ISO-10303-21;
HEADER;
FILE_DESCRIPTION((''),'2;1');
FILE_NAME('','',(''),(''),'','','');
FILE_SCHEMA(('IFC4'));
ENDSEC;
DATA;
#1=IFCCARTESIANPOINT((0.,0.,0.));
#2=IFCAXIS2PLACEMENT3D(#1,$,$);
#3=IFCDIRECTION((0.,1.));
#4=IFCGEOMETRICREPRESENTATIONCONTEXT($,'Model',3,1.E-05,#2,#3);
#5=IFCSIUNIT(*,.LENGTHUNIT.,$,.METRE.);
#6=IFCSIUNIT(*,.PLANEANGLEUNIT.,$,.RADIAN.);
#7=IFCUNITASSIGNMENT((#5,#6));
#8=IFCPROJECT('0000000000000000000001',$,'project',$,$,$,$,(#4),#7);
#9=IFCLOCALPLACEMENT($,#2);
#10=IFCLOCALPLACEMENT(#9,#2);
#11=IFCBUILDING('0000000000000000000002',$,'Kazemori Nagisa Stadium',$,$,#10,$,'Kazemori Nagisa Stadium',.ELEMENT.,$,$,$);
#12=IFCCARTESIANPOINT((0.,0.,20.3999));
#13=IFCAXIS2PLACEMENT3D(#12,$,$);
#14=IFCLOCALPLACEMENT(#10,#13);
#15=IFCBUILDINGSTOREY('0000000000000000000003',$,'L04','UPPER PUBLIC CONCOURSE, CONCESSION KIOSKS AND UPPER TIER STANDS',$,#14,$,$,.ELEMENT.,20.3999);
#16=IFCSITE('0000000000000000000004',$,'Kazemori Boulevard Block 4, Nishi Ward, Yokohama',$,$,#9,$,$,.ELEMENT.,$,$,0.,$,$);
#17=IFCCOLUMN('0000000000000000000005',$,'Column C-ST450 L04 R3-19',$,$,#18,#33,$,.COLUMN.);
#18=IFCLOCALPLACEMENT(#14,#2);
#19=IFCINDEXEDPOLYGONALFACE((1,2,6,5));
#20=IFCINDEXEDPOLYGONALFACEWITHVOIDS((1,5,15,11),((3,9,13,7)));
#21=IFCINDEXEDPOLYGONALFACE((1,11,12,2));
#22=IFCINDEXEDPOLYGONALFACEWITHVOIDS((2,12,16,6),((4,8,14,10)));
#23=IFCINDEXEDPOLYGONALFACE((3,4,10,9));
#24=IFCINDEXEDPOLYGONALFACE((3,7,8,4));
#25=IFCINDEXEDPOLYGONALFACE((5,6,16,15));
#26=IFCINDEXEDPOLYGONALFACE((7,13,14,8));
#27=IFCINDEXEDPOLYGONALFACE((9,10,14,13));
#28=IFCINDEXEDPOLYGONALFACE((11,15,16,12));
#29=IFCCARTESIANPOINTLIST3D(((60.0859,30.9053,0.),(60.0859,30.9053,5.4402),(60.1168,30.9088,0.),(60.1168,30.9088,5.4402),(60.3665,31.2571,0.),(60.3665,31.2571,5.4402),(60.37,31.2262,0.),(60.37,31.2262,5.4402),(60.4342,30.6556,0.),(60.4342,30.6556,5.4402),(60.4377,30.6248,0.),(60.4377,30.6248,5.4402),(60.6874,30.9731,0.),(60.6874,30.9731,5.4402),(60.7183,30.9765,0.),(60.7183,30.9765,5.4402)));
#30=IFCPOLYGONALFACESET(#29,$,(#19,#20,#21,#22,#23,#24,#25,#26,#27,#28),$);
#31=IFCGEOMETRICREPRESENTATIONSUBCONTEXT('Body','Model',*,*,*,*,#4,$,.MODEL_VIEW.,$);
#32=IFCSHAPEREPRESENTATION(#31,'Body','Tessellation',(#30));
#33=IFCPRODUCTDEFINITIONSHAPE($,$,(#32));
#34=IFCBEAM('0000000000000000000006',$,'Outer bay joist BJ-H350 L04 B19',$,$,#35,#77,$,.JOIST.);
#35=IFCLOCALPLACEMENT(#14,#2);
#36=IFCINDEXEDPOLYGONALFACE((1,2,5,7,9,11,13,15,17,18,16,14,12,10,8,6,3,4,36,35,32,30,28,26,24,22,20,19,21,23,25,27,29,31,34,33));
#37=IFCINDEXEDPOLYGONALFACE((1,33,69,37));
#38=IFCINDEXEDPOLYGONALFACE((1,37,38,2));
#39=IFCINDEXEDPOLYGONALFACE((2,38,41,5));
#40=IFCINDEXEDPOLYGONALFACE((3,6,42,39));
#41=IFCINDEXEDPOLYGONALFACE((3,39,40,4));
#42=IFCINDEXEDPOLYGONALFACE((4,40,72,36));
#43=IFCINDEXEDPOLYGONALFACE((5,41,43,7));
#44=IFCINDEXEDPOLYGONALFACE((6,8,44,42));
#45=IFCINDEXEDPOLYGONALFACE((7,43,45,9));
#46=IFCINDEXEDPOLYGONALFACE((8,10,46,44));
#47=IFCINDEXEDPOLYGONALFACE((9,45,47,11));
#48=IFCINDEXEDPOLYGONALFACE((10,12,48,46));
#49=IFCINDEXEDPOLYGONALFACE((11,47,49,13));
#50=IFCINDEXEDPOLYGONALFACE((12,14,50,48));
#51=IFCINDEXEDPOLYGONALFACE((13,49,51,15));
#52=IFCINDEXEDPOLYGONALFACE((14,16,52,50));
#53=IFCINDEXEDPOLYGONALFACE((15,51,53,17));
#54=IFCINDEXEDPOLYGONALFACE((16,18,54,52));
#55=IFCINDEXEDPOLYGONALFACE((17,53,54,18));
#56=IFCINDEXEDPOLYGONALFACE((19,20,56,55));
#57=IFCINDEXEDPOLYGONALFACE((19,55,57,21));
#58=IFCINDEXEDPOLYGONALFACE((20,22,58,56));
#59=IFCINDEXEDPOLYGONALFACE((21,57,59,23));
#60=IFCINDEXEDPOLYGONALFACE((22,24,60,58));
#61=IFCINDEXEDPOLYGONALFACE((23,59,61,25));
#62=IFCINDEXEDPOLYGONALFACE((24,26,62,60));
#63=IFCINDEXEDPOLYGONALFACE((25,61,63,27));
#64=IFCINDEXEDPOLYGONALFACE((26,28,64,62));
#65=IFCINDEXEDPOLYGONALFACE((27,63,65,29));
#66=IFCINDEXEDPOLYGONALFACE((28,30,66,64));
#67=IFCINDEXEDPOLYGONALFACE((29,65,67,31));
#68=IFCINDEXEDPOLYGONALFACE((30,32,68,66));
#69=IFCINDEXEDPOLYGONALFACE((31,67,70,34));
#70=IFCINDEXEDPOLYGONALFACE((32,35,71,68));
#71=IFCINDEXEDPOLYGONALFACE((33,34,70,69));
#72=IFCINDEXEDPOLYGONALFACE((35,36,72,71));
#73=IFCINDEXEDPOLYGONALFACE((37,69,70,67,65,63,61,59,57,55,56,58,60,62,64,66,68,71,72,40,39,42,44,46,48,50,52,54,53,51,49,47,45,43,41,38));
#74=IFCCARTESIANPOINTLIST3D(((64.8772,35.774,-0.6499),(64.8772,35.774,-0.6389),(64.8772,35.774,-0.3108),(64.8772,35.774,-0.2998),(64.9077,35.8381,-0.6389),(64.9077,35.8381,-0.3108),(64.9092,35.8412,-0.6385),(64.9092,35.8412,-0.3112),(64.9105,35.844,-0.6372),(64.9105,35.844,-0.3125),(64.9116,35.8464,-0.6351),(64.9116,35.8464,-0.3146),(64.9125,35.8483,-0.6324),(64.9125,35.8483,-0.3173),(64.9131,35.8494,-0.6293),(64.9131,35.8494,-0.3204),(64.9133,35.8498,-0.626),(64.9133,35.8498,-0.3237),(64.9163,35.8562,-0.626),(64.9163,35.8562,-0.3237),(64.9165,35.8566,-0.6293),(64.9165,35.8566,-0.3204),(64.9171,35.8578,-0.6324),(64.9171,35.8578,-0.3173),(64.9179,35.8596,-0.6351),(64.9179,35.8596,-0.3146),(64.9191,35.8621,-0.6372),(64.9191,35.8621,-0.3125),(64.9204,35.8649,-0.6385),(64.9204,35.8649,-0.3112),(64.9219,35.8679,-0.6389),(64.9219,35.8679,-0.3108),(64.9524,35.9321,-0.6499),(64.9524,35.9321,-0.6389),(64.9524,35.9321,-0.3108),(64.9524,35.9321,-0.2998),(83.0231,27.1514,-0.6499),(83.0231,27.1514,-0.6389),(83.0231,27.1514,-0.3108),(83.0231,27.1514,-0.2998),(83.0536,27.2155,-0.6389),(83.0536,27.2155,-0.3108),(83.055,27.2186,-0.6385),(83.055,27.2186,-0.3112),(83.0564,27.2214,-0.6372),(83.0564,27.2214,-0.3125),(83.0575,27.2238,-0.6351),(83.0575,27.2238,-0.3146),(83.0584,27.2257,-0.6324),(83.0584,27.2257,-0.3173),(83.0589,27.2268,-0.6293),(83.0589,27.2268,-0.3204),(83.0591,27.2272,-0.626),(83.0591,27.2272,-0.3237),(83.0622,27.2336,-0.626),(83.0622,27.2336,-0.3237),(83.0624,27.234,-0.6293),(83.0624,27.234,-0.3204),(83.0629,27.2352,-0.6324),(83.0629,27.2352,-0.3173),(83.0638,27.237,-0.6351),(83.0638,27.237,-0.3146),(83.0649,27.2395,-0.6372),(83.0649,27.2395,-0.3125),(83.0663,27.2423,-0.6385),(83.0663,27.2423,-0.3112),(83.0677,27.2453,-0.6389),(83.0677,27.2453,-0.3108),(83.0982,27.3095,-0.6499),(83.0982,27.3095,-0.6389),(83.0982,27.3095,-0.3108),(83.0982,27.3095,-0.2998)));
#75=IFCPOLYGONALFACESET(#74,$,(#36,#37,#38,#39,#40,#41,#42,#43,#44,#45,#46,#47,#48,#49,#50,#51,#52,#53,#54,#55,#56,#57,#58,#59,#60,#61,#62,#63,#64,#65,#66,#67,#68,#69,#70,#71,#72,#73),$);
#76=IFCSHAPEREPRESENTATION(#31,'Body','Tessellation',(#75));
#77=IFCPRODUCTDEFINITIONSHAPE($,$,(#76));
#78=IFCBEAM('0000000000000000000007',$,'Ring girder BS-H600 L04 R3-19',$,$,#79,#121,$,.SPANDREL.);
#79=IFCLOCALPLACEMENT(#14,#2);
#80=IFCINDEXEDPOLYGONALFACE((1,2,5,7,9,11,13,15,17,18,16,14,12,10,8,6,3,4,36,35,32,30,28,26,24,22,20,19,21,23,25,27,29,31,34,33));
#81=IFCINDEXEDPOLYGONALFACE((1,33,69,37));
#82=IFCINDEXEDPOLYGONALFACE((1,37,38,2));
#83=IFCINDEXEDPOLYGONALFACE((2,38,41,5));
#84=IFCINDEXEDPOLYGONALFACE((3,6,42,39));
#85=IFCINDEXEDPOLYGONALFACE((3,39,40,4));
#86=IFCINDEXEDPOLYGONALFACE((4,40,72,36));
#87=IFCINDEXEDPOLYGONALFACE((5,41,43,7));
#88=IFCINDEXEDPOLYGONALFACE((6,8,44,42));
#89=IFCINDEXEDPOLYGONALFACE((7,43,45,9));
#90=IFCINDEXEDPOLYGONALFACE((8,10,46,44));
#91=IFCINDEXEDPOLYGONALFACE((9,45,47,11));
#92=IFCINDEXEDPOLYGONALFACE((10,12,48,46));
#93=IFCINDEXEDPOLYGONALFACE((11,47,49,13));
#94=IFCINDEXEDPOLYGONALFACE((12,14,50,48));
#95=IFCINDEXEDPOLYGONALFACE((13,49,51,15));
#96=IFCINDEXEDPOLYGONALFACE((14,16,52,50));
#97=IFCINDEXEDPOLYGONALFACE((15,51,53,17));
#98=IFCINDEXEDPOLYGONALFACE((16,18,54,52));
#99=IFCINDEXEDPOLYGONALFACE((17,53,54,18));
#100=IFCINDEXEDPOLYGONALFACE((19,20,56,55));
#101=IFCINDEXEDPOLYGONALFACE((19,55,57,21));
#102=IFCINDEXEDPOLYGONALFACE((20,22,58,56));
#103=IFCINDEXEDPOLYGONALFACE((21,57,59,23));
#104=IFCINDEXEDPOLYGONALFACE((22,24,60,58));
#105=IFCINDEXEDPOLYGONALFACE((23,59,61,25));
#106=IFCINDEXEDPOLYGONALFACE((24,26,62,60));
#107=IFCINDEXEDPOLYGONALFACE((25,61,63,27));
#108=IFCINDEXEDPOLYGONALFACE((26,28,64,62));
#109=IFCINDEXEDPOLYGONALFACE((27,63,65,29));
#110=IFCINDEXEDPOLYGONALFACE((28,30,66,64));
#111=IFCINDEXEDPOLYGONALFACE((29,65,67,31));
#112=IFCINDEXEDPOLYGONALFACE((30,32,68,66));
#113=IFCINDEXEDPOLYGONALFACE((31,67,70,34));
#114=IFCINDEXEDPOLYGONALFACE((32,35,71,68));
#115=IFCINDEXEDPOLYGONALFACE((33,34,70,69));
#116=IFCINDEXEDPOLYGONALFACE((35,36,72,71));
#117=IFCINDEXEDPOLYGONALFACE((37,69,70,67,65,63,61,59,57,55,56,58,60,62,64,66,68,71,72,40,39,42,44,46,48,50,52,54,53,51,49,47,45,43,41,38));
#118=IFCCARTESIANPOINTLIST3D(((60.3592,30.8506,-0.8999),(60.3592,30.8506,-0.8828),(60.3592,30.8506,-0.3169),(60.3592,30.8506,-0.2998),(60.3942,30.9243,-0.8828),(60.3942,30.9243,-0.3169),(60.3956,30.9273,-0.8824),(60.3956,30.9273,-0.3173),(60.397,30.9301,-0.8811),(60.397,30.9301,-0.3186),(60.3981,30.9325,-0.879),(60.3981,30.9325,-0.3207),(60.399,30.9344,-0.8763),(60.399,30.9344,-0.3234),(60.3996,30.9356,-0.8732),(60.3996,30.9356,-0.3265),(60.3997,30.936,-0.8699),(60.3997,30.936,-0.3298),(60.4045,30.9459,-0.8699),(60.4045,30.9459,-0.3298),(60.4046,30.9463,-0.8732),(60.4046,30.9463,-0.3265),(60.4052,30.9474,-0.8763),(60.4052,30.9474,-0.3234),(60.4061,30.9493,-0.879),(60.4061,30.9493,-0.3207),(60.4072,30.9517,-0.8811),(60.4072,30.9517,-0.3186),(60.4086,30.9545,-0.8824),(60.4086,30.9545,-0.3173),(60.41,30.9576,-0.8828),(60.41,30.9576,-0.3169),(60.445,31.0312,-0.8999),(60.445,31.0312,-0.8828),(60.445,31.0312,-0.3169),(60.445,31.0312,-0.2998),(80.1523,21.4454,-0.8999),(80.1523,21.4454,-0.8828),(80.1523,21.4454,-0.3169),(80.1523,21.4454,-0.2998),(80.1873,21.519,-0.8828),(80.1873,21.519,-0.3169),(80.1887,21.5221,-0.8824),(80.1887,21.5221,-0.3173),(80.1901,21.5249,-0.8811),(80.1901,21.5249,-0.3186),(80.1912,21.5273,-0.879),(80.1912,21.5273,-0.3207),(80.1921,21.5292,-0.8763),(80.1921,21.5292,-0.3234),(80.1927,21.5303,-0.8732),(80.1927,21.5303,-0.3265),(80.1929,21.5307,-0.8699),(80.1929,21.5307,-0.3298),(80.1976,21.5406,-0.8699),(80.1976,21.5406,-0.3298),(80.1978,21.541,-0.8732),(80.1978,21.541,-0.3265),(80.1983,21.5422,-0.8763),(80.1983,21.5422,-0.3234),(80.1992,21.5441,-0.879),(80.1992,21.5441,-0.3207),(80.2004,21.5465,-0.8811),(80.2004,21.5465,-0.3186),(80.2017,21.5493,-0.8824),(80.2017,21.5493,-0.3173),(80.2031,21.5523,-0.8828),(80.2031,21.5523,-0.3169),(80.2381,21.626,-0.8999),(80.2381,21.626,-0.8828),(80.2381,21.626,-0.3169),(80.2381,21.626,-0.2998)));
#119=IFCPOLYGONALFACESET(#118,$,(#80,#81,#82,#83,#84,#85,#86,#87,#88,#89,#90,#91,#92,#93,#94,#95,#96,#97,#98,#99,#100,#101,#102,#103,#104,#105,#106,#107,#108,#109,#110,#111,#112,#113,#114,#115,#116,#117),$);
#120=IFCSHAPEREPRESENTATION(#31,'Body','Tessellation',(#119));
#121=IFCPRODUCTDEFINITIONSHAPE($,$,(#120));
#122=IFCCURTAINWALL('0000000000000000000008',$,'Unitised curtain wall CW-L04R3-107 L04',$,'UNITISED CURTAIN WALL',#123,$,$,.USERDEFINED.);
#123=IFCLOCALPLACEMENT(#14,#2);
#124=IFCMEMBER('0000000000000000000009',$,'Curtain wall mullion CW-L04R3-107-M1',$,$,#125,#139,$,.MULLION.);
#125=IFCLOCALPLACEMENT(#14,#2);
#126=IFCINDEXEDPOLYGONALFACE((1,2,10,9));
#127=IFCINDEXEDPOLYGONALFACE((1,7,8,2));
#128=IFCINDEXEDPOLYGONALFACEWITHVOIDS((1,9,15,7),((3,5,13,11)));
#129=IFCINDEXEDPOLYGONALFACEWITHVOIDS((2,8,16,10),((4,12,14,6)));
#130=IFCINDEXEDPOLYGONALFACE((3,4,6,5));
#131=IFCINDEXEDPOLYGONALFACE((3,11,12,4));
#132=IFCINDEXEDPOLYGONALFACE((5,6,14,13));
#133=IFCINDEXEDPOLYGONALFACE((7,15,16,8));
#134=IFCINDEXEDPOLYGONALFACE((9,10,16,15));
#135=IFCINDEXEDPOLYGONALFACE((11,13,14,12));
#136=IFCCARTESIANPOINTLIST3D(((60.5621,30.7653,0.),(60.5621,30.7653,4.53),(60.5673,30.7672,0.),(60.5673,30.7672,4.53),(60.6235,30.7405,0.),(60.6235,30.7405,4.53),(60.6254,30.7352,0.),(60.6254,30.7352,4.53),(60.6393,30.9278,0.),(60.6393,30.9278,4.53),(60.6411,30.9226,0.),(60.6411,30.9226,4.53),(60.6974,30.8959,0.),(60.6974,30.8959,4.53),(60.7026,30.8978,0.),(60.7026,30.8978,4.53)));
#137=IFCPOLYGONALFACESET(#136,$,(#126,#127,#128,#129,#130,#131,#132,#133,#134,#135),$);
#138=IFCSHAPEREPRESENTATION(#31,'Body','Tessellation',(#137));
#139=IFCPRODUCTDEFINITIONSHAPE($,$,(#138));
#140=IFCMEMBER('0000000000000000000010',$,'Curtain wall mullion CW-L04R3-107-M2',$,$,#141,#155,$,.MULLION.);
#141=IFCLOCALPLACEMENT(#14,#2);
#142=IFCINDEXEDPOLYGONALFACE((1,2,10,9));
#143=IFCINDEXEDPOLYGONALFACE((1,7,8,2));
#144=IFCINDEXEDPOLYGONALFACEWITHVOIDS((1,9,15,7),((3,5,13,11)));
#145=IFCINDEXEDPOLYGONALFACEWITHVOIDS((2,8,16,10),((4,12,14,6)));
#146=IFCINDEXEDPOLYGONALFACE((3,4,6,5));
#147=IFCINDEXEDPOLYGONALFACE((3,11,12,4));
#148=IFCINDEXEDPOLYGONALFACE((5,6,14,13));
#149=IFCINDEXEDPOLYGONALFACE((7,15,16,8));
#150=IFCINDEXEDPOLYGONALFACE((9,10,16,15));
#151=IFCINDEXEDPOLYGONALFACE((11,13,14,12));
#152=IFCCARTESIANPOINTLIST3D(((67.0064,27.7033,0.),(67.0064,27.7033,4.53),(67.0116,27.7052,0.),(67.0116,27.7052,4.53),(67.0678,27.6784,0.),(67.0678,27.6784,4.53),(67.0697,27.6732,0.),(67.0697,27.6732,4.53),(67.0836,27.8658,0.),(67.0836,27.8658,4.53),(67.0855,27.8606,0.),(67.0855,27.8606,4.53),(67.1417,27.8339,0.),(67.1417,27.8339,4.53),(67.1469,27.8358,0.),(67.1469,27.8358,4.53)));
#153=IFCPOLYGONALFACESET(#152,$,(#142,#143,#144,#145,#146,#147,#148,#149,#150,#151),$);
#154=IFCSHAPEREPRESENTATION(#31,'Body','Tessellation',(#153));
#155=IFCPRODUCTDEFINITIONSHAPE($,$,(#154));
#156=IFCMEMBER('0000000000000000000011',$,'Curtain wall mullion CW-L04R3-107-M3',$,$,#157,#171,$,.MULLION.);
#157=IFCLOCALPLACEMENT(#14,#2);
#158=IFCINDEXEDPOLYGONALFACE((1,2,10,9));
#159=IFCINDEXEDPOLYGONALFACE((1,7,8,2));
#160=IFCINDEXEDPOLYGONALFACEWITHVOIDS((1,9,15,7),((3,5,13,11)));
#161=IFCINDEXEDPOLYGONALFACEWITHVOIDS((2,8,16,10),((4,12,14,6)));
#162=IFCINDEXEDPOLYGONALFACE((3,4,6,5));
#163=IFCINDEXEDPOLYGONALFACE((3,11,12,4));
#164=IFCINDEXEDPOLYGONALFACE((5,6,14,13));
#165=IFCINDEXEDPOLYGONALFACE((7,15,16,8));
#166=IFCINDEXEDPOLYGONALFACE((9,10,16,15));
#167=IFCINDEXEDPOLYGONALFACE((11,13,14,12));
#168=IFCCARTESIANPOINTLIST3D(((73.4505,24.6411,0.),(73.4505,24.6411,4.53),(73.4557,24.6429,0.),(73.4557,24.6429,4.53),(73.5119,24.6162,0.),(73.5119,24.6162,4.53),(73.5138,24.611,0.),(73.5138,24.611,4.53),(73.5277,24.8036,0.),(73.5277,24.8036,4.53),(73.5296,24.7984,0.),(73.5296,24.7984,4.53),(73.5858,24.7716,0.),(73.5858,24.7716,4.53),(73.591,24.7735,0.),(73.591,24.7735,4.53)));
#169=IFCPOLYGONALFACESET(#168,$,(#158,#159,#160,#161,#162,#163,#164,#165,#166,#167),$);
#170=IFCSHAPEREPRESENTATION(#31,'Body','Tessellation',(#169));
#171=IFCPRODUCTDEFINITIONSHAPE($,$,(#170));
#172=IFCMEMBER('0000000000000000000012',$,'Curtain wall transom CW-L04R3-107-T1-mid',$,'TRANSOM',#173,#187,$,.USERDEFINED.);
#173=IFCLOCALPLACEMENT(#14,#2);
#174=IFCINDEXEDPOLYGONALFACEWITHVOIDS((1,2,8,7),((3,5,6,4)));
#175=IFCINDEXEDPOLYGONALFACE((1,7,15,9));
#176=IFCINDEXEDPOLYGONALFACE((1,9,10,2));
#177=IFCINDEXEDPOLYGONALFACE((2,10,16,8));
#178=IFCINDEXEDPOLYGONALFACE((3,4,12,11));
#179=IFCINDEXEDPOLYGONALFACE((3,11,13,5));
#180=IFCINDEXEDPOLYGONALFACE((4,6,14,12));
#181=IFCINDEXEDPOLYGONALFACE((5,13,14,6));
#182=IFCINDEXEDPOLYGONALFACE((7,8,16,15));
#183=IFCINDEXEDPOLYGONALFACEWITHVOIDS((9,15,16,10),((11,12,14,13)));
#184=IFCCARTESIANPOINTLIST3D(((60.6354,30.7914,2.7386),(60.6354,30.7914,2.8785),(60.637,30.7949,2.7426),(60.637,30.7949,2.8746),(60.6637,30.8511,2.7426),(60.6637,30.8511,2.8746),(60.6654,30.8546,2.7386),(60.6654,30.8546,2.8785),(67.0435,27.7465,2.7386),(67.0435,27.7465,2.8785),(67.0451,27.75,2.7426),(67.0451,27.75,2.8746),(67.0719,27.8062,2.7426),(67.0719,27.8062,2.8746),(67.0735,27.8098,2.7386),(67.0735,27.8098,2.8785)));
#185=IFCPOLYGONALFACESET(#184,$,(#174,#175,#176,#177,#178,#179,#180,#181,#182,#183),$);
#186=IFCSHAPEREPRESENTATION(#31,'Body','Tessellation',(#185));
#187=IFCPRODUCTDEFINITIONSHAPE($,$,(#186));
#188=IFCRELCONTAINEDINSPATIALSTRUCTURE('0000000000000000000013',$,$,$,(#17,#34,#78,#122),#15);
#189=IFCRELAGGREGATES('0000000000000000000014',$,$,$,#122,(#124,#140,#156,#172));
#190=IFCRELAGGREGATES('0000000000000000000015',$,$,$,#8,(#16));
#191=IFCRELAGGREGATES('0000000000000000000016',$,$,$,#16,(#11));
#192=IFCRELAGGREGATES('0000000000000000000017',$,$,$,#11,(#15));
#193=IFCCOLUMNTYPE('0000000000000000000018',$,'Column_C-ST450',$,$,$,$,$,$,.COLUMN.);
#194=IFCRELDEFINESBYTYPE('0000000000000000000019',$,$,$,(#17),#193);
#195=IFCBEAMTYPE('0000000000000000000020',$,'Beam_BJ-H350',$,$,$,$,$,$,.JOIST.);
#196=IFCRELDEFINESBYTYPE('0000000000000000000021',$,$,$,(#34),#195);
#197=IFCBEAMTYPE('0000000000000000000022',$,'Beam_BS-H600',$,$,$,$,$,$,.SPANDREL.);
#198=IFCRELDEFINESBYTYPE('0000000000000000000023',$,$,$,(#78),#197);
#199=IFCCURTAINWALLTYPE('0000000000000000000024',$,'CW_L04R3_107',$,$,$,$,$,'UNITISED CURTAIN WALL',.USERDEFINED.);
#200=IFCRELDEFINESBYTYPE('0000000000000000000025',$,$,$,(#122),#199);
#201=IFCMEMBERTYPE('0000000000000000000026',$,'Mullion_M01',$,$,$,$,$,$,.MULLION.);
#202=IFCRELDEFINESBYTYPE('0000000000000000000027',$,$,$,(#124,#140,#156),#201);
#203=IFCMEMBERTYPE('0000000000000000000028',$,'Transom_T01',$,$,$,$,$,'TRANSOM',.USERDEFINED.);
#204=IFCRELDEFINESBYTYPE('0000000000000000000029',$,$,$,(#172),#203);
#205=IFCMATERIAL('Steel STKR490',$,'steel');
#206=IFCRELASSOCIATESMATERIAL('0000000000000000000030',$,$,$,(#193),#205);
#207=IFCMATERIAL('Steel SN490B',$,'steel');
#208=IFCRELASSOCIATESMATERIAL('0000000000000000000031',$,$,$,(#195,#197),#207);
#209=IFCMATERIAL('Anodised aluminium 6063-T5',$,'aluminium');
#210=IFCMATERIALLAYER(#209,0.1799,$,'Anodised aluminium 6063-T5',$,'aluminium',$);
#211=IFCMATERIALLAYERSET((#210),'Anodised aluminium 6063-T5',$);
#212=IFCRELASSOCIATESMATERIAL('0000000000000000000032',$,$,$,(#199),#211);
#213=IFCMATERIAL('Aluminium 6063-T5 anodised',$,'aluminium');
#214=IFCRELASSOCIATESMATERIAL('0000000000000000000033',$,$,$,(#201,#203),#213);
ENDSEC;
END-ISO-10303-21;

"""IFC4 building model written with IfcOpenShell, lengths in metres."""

from ifc_helpers import new_model, si_unit, direction, frame, origin, origin_2d, place, context, subcontext, project, spatial, hollow_rectangle, i_section, extrude, material, layer, layer_set, material_profile, profile_set, type_object, element, aggregate, save


model = new_model("IFC4")

# Units and contexts
model_context = context("Model", 3, precision=1e-05, world=origin(), true_north=direction((0.0, 1.0)))
body_context = subcontext(model_context, "Body", "Model", "MODEL_VIEW")
ifc_project = project(units=[si_unit("LENGTHUNIT", "METRE"), si_unit("PLANEANGLEUNIT", "RADIAN")], contexts=[model_context])

# Site, building, storey
site_placement = place(None, origin())
site = spatial("IfcSite", under=ifc_project, at=site_placement, Name="Kazemori Boulevard Block 4, Nishi Ward, Yokohama", CompositionType="ELEMENT", RefElevation=0.0)
building_placement = place(site_placement, origin())
building = spatial("IfcBuilding", under=site, at=building_placement, Name="Kazemori Nagisa Stadium", LongName="Kazemori Nagisa Stadium", CompositionType="ELEMENT")
storey_placement = place(building_placement, frame((0.0, 0.0, 20.3999)))
storey = spatial("IfcBuildingStorey", under=building, at=storey_placement, Name="L04", Description="UPPER PUBLIC CONCOURSE, CONCESSION KIOSKS AND UPPER TIER STANDS", CompositionType="ELEMENT", Elevation=20.3999)

# Column
ifc_material_1 = material(Name="Steel STKR490", Category="steel")
ifc_material_profile_1 = material_profile(ifc_material_1, hollow_rectangle(XDim=0.45, YDim=0.45, WallThickness=0.022, at=origin_2d()), Name="SHS-450x450x22")
ifc_profile_set_1 = profile_set([ifc_material_profile_1], Name="Steel STKR490")
column_type = type_object("IfcColumnType", Name="Column_C-ST450", PredefinedType="COLUMN", material=ifc_profile_set_1)
column_placement = place(storey_placement, frame((60.4021, 30.9409, 0.0), z_axis=(0.0, 0.0, 1.0), x_axis=(-0.62349, -0.781831, 0.0)))
element("IfcColumn", 1, at=column_placement, inside=storey, type_object=column_type, Name="Column C-ST450 L04 R3-19", PredefinedType="COLUMN", context=body_context, shape_type="SweptSolid", body=[
    extrude(hollow_rectangle(XDim=0.45, YDim=0.45, WallThickness=0.022, at=origin_2d()), origin(), (0.0, 0.0, 1.0), 5.4402),
])

# Beams
ifc_material_2 = material(Name="Steel SN490B", Category="steel")
ifc_material_profile_2 = material_profile(ifc_material_2, i_section(OverallWidth=0.175, OverallDepth=0.3501, WebThickness=0.0071, FlangeThickness=0.011, FilletRadius=0.0129, at=origin_2d()), Name="H-350x175x7x11")
ifc_profile_set_2 = profile_set([ifc_material_profile_2], Name="Steel SN490B")
beam_type_1 = type_object("IfcBeamType", Name="Beam_BJ-H350", PredefinedType="JOIST", material=ifc_profile_set_2)
beam_1_placement = place(storey_placement, frame((64.9148, 35.853, -0.4749), z_axis=(0.903213, -0.429192, 0.0), x_axis=(0.429192, 0.903213, 0.0)))
element("IfcBeam", 2, at=beam_1_placement, inside=storey, type_object=beam_type_1, Name="Outer bay joist BJ-H350 L04 B19", PredefinedType="JOIST", context=body_context, shape_type="SweptSolid", body=[
    extrude(i_section(OverallWidth=0.175, OverallDepth=0.3501, WebThickness=0.0071, FlangeThickness=0.011, FilletRadius=0.0129, at=origin_2d()), origin(), (0.0, 0.0, 1.0), 20.0903),
])
ifc_material_profile_3 = material_profile(ifc_material_2, i_section(OverallWidth=0.2, OverallDepth=0.6001, WebThickness=0.011, FlangeThickness=0.0171, FilletRadius=0.0129, at=origin_2d()), Name="H-600x200x11x17")
ifc_profile_set_3 = profile_set([ifc_material_profile_3], Name="Steel SN490B")
beam_type_2 = type_object("IfcBeamType", Name="Beam_BS-H600", PredefinedType="SPANDREL", material=ifc_profile_set_3)
beam_2_placement = place(storey_placement, frame((60.4021, 30.9409, -0.5999), z_axis=(0.903216, -0.429187, 0.0), x_axis=(0.429187, 0.903216, 0.0)))
element("IfcBeam", 3, at=beam_2_placement, inside=storey, type_object=beam_type_2, Name="Ring girder BS-H600 L04 R3-19", PredefinedType="SPANDREL", context=body_context, shape_type="SweptSolid", body=[
    extrude(i_section(OverallWidth=0.2, OverallDepth=0.6001, WebThickness=0.011, FlangeThickness=0.0171, FilletRadius=0.0129, at=origin_2d()), origin(), (0.0, 0.0, 1.0), 21.9141),
])

# Curtain wall, members
ifc_material_3 = material(Name="Anodised aluminium 6063-T5", Category="aluminium")
ifc_layer_1 = layer(ifc_material_3, 0.1799, Name="Anodised aluminium 6063-T5", Category="aluminium")
ifc_layer_set_1 = layer_set([ifc_layer_1], Name="Anodised aluminium 6063-T5")
curtain_wall_type = type_object("IfcCurtainWallType", Name="CW_L04R3_107", ElementType="UNITISED CURTAIN WALL", PredefinedType="USERDEFINED", material=ifc_layer_set_1)
curtain_wall_placement = place(storey_placement, origin())
curtain_wall = element("IfcCurtainWall", 4, at=curtain_wall_placement, inside=storey, type_object=curtain_wall_type, Name="Unitised curtain wall CW-L04R3-107 L04", ObjectType="UNITISED CURTAIN WALL", PredefinedType="USERDEFINED")
ifc_material_4 = material(Name="Aluminium 6063-T5 anodised", Category="aluminium")
ifc_material_profile_4 = material_profile(ifc_material_4, hollow_rectangle(XDim=0.0701, YDim=0.1799, WallThickness=0.0039, at=origin_2d()), Name="ALU-MULL-70x180x4")
ifc_profile_set_4 = profile_set([ifc_material_profile_4], Name="Aluminium 6063-T5 anodised")
member_type_1 = type_object("IfcMemberType", Name="Mullion_M01", PredefinedType="MULLION", material=ifc_profile_set_4)
member_1_placement = place(storey_placement, frame((60.6323, 30.8315, 0.0), z_axis=(0.0, 0.0, 1.0), x_axis=(0.903216, -0.429186, 0.0)))
member_1 = element("IfcMember", 5, at=member_1_placement, type_object=member_type_1, Name="Curtain wall mullion CW-L04R3-107-M1", PredefinedType="MULLION", context=body_context, shape_type="SweptSolid", body=[
    extrude(hollow_rectangle(XDim=0.0701, YDim=0.1799, WallThickness=0.0039, at=origin_2d()), origin(), (0.0, 0.0, 1.0), 4.53),
])
member_2_placement = place(storey_placement, frame((67.0767, 27.7695, 0.0), z_axis=(0.0, 0.0, 1.0), x_axis=(0.903216, -0.429186, 0.0)))
member_2 = element("IfcMember", 6, at=member_2_placement, type_object=member_type_1, Name="Curtain wall mullion CW-L04R3-107-M2", PredefinedType="MULLION", context=body_context, shape_type="SweptSolid", body=[
    extrude(hollow_rectangle(XDim=0.0701, YDim=0.1799, WallThickness=0.0039, at=origin_2d()), origin(), (0.0, 0.0, 1.0), 4.53),
])
member_3_placement = place(storey_placement, frame((73.5208, 24.7073, 0.0), z_axis=(0.0, 0.0, 1.0), x_axis=(0.903216, -0.429186, 0.0)))
member_3 = element("IfcMember", 7, at=member_3_placement, type_object=member_type_1, Name="Curtain wall mullion CW-L04R3-107-M3", PredefinedType="MULLION", context=body_context, shape_type="SweptSolid", body=[
    extrude(hollow_rectangle(XDim=0.0701, YDim=0.1799, WallThickness=0.0039, at=origin_2d()), origin(), (0.0, 0.0, 1.0), 4.53),
])
ifc_material_profile_5 = material_profile(ifc_material_4, hollow_rectangle(XDim=0.0701, YDim=0.1399, WallThickness=0.0039, at=origin_2d()), Name="ALU-TRAN-70x140x4")
ifc_profile_set_5 = profile_set([ifc_material_profile_5], Name="Aluminium 6063-T5 anodised")
member_type_2 = type_object("IfcMemberType", Name="Transom_T01", ElementType="TRANSOM", PredefinedType="USERDEFINED", material=ifc_profile_set_5)
member_4_placement = place(storey_placement, frame((60.6504, 30.823, 2.8086), z_axis=(0.903221, -0.429175, 0.0), x_axis=(0.429175, 0.903221, 0.0)))
member_4 = element("IfcMember", 8, at=member_4_placement, type_object=member_type_2, Name="Curtain wall transom CW-L04R3-107-T1-mid", ObjectType="TRANSOM", PredefinedType="USERDEFINED", context=body_context, shape_type="SweptSolid", body=[
    extrude(hollow_rectangle(XDim=0.0701, YDim=0.1399, WallThickness=0.0039, at=origin_2d()), origin(), (0.0, 0.0, 1.0), 7.0947),
])
aggregate(curtain_wall, [member_1, member_2, member_3, member_4])

save(model, "model.ifc")
